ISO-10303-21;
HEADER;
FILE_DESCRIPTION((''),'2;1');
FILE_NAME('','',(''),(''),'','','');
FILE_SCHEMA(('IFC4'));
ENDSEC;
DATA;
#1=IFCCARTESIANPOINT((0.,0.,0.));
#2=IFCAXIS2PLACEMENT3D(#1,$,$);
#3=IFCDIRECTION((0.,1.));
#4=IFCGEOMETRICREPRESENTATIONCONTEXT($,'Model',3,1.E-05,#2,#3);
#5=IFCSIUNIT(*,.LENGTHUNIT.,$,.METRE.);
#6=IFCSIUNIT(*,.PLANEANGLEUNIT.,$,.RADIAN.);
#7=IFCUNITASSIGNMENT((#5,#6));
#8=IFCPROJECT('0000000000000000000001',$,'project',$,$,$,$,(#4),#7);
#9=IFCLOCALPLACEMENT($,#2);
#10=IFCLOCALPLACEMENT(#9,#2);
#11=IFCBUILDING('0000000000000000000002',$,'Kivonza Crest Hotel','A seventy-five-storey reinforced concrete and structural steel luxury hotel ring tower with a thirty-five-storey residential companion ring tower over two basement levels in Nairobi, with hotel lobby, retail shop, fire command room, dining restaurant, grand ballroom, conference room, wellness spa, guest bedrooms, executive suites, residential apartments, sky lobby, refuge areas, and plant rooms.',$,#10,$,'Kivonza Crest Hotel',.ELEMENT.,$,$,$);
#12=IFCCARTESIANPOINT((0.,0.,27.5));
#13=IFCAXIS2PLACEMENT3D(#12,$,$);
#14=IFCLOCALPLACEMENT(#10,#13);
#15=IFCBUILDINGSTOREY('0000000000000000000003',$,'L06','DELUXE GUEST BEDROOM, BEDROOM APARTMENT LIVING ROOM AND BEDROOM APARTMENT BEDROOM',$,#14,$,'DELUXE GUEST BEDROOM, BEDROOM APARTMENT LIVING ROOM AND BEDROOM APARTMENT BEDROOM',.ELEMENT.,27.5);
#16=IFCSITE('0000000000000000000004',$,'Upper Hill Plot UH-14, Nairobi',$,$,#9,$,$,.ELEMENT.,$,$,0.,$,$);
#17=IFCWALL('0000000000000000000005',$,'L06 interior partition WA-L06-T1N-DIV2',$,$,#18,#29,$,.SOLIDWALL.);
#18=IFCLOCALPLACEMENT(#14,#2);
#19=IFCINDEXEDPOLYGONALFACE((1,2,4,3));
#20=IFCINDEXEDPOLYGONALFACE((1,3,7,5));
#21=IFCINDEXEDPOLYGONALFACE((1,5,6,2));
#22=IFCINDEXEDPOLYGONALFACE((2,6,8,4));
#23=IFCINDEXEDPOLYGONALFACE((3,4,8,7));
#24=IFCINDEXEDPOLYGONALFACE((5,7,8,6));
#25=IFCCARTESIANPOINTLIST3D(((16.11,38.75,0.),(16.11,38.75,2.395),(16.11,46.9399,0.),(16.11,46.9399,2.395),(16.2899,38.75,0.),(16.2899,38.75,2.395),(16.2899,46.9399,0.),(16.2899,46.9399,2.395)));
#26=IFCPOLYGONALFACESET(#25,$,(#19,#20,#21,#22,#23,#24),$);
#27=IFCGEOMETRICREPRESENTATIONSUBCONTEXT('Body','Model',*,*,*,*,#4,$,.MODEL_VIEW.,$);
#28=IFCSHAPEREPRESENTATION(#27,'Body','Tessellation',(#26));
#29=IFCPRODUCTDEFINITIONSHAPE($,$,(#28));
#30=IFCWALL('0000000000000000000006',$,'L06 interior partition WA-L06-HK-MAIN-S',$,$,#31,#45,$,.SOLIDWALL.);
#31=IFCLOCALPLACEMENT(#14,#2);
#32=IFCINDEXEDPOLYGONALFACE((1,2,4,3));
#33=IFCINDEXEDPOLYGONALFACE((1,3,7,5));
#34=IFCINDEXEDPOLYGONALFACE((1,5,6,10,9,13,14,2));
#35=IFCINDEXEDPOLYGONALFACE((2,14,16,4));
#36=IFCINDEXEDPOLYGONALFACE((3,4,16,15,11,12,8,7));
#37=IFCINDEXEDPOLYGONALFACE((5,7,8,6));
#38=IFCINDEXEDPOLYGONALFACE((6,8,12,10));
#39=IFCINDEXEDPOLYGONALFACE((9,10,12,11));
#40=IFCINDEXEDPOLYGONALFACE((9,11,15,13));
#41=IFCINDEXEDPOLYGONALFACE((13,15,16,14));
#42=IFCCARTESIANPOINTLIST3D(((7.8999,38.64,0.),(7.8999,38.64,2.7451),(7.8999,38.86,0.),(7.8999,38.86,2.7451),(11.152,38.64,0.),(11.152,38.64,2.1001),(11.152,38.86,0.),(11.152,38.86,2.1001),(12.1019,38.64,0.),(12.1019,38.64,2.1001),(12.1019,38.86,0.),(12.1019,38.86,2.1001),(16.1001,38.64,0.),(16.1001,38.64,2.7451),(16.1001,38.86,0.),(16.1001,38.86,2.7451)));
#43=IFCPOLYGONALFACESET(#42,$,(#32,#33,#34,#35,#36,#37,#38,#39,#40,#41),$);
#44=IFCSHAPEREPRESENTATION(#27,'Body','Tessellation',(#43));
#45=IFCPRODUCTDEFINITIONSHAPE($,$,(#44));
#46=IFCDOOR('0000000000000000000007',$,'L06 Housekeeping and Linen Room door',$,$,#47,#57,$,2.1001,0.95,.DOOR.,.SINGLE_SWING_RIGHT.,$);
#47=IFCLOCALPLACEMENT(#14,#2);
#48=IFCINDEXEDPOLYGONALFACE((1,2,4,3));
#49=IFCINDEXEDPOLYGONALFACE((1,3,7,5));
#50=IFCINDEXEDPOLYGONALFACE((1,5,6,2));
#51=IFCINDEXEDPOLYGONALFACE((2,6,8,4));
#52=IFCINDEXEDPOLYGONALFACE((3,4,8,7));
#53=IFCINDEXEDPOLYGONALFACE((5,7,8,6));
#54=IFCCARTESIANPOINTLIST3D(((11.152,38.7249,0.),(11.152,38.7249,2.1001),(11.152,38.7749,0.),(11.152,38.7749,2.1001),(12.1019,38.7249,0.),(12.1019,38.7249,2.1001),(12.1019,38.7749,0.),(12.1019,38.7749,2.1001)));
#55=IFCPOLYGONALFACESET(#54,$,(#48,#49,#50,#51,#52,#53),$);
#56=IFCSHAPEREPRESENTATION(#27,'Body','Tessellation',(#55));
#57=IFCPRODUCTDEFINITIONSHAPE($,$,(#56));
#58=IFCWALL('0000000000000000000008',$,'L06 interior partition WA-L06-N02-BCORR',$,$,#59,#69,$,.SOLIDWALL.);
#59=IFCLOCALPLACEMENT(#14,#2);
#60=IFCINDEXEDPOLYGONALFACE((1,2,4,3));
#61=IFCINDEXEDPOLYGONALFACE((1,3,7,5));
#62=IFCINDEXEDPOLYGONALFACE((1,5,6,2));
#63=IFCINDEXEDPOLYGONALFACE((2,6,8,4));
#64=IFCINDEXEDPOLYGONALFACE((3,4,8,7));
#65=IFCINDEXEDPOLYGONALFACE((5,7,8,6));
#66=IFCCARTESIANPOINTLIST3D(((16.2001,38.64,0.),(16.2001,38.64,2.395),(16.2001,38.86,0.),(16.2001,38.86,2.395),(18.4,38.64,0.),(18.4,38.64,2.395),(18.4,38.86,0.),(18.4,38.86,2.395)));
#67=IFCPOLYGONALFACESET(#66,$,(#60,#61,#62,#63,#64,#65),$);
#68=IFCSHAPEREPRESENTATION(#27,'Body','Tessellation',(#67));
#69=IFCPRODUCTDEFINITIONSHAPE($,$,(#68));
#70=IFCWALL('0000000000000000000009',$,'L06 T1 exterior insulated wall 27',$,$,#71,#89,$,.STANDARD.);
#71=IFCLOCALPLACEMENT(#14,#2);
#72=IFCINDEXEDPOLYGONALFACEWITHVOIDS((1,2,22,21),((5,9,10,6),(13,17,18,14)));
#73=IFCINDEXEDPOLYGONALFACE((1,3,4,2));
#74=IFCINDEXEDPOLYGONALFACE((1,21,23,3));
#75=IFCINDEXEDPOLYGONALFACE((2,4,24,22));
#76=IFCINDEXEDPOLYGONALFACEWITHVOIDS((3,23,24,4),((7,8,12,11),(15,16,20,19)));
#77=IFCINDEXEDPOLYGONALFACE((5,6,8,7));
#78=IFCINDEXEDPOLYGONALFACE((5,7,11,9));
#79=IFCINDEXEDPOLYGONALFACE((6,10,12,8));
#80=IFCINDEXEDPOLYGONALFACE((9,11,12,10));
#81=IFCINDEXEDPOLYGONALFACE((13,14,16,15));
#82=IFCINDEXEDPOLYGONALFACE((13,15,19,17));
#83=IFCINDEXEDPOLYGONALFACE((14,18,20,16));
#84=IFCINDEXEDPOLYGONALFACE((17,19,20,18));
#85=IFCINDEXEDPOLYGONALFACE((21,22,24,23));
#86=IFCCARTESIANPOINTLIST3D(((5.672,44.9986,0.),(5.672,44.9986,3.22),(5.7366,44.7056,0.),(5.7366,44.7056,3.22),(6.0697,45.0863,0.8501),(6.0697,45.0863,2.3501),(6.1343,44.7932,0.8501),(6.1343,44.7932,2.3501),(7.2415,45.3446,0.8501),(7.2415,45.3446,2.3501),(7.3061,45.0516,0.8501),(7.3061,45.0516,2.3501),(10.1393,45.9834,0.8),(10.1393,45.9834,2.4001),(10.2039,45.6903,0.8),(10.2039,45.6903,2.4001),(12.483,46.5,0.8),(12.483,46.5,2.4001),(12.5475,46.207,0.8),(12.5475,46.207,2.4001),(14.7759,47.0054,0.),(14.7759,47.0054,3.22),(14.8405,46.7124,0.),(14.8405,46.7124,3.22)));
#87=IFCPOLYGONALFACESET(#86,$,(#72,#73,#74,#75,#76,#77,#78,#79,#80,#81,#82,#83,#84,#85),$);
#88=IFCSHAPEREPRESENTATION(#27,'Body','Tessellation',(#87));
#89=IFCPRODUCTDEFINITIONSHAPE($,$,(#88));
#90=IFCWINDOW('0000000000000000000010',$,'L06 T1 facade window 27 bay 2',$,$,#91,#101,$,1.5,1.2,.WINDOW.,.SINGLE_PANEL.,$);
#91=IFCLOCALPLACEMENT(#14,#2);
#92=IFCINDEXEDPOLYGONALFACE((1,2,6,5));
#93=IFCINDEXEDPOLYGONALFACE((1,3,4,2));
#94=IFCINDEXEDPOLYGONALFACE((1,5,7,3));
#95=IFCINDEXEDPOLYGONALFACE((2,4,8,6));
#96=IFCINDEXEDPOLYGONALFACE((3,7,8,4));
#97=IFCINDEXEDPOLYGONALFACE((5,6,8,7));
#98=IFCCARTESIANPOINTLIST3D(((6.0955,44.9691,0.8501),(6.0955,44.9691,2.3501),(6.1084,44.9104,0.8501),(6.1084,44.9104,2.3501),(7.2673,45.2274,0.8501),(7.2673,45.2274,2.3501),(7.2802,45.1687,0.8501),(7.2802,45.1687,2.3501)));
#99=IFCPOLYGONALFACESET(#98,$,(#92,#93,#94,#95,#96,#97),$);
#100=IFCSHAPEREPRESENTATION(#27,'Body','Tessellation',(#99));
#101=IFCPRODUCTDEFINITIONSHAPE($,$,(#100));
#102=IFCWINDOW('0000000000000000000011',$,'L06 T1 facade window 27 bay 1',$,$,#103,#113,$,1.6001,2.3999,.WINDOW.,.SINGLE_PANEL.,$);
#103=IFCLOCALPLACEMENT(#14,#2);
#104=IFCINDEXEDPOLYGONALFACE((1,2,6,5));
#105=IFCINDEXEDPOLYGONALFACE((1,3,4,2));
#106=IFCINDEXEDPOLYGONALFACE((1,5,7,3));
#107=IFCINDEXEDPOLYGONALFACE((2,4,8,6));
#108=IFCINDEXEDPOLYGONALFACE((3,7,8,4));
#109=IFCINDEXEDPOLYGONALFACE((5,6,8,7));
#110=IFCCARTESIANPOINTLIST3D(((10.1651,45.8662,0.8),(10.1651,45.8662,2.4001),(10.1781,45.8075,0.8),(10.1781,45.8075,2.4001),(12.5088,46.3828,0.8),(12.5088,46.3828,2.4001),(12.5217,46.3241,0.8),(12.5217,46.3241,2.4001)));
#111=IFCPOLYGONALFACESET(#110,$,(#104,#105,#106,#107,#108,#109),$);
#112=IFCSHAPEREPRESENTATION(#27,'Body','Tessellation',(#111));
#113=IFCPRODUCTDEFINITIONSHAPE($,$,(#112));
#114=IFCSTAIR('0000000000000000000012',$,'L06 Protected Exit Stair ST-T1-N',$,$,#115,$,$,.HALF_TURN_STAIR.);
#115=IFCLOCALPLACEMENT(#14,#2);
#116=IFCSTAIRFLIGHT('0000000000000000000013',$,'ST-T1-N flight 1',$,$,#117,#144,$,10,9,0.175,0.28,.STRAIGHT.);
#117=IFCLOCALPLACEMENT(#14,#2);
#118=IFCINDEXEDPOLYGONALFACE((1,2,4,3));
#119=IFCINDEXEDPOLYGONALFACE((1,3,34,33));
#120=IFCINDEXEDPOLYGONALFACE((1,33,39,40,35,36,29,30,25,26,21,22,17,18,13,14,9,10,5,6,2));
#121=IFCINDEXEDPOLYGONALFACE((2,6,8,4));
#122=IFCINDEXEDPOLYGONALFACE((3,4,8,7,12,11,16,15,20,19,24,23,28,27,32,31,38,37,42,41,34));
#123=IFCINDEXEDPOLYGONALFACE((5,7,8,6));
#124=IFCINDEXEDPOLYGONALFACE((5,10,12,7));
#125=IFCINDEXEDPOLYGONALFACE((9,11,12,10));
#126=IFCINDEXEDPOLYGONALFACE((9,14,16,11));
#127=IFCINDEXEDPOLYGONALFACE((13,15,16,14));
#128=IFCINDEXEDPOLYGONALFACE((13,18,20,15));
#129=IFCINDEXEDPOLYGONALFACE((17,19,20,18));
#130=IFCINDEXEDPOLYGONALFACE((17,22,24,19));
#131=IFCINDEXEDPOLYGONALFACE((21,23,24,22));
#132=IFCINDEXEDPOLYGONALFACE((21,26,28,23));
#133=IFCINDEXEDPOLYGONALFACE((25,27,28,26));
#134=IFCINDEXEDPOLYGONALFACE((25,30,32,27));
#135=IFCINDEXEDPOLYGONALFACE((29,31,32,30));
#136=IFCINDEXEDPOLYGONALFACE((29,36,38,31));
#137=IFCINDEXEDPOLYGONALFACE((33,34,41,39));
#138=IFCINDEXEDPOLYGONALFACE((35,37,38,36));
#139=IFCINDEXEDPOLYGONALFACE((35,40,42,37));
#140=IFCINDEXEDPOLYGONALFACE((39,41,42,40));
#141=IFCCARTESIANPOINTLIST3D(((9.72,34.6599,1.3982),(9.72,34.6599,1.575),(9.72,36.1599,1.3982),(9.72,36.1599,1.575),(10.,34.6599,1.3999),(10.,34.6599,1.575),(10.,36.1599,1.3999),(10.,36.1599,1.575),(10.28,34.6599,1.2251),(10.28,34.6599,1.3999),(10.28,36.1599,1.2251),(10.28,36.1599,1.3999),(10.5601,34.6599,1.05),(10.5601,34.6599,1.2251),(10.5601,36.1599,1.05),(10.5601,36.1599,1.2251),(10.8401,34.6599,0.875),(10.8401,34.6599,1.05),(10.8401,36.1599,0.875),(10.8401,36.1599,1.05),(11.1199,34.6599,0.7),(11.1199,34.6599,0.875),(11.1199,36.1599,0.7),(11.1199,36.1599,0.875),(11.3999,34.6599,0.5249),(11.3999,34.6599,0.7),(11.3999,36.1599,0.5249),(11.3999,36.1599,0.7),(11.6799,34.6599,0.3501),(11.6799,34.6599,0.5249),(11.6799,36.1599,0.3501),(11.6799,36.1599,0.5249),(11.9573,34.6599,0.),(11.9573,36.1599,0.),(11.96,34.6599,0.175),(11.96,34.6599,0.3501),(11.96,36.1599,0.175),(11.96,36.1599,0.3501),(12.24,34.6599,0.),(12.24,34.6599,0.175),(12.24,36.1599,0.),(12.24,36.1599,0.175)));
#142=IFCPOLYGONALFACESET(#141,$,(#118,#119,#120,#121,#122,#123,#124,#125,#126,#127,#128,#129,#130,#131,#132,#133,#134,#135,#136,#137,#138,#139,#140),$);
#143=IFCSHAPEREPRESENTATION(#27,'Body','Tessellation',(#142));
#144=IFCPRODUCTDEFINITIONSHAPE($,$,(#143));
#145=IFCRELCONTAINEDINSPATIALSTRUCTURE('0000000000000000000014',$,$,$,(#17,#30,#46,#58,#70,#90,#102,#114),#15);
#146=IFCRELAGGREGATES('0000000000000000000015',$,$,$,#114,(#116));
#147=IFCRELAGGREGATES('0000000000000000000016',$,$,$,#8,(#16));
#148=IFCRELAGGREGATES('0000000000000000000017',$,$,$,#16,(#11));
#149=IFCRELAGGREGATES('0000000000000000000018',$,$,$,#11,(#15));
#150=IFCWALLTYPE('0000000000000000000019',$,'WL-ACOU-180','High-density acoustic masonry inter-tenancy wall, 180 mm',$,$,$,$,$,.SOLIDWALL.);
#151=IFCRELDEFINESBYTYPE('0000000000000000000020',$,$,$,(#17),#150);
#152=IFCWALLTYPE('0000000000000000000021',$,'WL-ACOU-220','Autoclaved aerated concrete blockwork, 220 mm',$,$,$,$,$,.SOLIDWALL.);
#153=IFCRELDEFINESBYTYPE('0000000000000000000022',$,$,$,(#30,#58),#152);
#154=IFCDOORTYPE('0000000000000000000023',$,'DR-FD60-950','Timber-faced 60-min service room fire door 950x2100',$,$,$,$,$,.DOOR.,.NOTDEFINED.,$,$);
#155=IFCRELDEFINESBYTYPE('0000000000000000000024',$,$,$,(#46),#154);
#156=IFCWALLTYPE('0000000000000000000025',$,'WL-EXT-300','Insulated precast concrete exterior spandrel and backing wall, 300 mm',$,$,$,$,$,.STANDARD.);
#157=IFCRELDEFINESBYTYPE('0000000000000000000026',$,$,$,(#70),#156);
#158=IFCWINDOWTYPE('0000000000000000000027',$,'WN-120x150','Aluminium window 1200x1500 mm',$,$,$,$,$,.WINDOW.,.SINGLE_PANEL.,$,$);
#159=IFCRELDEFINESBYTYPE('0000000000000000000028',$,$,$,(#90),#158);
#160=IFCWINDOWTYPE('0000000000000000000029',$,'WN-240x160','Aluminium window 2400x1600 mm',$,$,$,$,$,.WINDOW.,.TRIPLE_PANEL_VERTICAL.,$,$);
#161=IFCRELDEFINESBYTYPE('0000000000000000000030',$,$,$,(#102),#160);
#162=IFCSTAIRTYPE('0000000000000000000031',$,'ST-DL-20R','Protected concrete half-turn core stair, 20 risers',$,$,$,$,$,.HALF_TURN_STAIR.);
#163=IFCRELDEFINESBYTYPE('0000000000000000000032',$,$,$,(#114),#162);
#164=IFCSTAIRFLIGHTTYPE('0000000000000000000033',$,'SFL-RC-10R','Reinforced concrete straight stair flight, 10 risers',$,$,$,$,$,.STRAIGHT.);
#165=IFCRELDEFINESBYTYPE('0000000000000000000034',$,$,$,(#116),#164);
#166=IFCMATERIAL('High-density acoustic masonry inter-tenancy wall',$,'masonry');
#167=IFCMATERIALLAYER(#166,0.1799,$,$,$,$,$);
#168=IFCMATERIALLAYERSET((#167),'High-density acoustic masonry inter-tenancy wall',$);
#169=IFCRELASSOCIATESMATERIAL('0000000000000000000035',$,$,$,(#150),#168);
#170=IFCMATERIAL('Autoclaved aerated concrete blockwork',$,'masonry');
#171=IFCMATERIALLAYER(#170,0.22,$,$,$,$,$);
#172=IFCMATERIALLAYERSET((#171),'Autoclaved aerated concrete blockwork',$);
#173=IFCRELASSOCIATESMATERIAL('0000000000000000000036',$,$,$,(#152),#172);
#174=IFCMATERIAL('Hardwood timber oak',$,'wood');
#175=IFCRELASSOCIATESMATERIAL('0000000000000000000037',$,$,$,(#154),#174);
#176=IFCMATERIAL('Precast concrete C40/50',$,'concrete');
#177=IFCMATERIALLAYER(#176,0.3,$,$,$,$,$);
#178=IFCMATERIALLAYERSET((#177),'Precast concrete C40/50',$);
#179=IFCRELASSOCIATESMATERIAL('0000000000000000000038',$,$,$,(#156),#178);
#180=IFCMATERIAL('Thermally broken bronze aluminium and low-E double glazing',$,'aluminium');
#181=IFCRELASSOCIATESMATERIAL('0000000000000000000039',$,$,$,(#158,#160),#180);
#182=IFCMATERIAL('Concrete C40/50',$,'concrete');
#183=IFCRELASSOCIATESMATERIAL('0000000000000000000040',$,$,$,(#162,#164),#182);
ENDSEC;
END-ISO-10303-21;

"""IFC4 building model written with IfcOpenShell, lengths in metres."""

from ifc_helpers import new_model, si_unit, direction, frame, frame_2d, origin, place, context, subcontext, project, spatial, polyline, rectangle, outline, extrude, material, layer, layer_set, type_object, element, fill, aggregate, save


model = new_model("IFC4")

# Units and contexts
model_context = context("Model", 3, precision=1e-05, world=origin(), true_north=direction((0.0, 1.0)))
body_context = subcontext(model_context, "Body", "Model", "MODEL_VIEW")
ifc_project = project(units=[si_unit("LENGTHUNIT", "METRE"), si_unit("PLANEANGLEUNIT", "RADIAN")], contexts=[model_context])

# Site, building, storey
site_placement = place(None, origin())
site = spatial("IfcSite", under=ifc_project, at=site_placement, Name="Upper Hill Plot UH-14, Nairobi", CompositionType="ELEMENT", RefElevation=0.0)
building_placement = place(site_placement, origin())
building = spatial("IfcBuilding", under=site, at=building_placement, Name="Kivonza Crest Hotel", Description="A seventy-five-storey reinforced concrete and structural steel luxury hotel ring tower with a thirty-five-storey residential companion ring tower over two basement levels in Nairobi, with hotel lobby, retail shop, fire command room, dining restaurant, grand ballroom, conference room, wellness spa, guest bedrooms, executive suites, residential apartments, sky lobby, refuge areas, and plant rooms.", LongName="Kivonza Crest Hotel", CompositionType="ELEMENT")
storey_placement = place(building_placement, frame((0.0, 0.0, 27.5)))
storey = spatial("IfcBuildingStorey", under=building, at=storey_placement, Name="L06", Description="DELUXE GUEST BEDROOM, BEDROOM APARTMENT LIVING ROOM AND BEDROOM APARTMENT BEDROOM", LongName="DELUXE GUEST BEDROOM, BEDROOM APARTMENT LIVING ROOM AND BEDROOM APARTMENT BEDROOM", CompositionType="ELEMENT", Elevation=27.5)

# Wall
ifc_material_1 = material(Name="High-density acoustic masonry inter-tenancy wall", Category="masonry")
ifc_layer_1 = layer(ifc_material_1, 0.1799)
ifc_layer_set_1 = layer_set([ifc_layer_1], Name="High-density acoustic masonry inter-tenancy wall")
wall_type_1 = type_object("IfcWallType", Name="WL-ACOU-180", Description="High-density acoustic masonry inter-tenancy wall, 180 mm", PredefinedType="SOLIDWALL", material=ifc_layer_set_1)
wall_1_placement = place(storey_placement, frame((16.2, 38.75, 0.0), z_axis=(0.0, 0.0, 1.0), x_axis=(0.0, 1.0, 0.0)))
element("IfcWall", 1, at=wall_1_placement, inside=storey, type_object=wall_type_1, Name="L06 interior partition WA-L06-T1N-DIV2", PredefinedType="SOLIDWALL", context=body_context, shape_type="SweptSolid", body=[
    extrude(rectangle(XDim=8.1899, YDim=0.1799, at=frame_2d((4.095, 0.0))), origin(), (0.0, 0.0, 1.0), 2.395),
])

# Wall, opening, door
ifc_material_2 = material(Name="Autoclaved aerated concrete blockwork", Category="masonry")
ifc_layer_2 = layer(ifc_material_2, 0.22)
ifc_layer_set_2 = layer_set([ifc_layer_2], Name="Autoclaved aerated concrete blockwork")
wall_type_2 = type_object("IfcWallType", Name="WL-ACOU-220", Description="Autoclaved aerated concrete blockwork, 220 mm", PredefinedType="SOLIDWALL", material=ifc_layer_set_2)
wall_2_placement = place(storey_placement, frame((7.8999, 38.75, 0.0), z_axis=(0.0, 0.0, 1.0), x_axis=(1.0, 0.0, 0.0)))
wall_2 = element("IfcWall", 2, at=wall_2_placement, inside=storey, type_object=wall_type_2, Name="L06 interior partition WA-L06-HK-MAIN-S", PredefinedType="SOLIDWALL", context=body_context, shape_type="SweptSolid", body=[
    extrude(rectangle(XDim=8.2002, YDim=0.22, at=frame_2d((4.1001, 0.0))), origin(), (0.0, 0.0, 1.0), 2.7451),
])
opening_1_placement = place(wall_2_placement, frame((3.252, 0.0, 0.0)))
opening_1 = element("IfcOpeningElement", 3, at=opening_1_placement, cuts=wall_2, PredefinedType="OPENING", context=body_context, shape_type="SweptSolid", body=[
    extrude(rectangle(XDim=0.95, YDim=2.1001, at=frame_2d((0.4751, 1.05))), frame((0.0, 0.1201, 0.0), z_axis=(0.0, -1.0, 0.0), x_axis=(1.0, 0.0, 0.0)), (0.0, 0.0, 1.0), 0.24),
])
ifc_material_3 = material(Name="Hardwood timber oak", Category="wood")
door_type = type_object("IfcDoorType", Name="DR-FD60-950", Description="Timber-faced 60-min service room fire door 950x2100", OperationType="NOTDEFINED", PredefinedType="DOOR", material=ifc_material_3)
door_placement = place(opening_1_placement, origin())
door = element("IfcDoor", 4, at=door_placement, inside=storey, type_object=door_type, Name="L06 Housekeeping and Linen Room door", OperationType="SINGLE_SWING_RIGHT", OverallHeight=2.1001, OverallWidth=0.95, PredefinedType="DOOR", context=body_context, shape_type="SweptSolid", body=[
    extrude(rectangle(XDim=0.95, YDim=2.1001, at=frame_2d((0.4751, 1.05))), frame((0.0, 0.0249, 0.0), z_axis=(0.0, -1.0, 0.0), x_axis=(1.0, 0.0, 0.0)), (0.0, 0.0, 1.0), 0.05),
])
fill(opening_1, door)

# Wall
wall_3_placement = place(storey_placement, frame((16.2, 38.75, 0.0), z_axis=(0.0, 0.0, 1.0), x_axis=(1.0, 0.0, 0.0)))
element("IfcWall", 5, at=wall_3_placement, inside=storey, type_object=wall_type_2, Name="L06 interior partition WA-L06-N02-BCORR", PredefinedType="SOLIDWALL", context=body_context, shape_type="SweptSolid", body=[
    extrude(rectangle(XDim=2.2, YDim=0.22, at=frame_2d((1.1001, 0.0))), origin(), (0.0, 0.0, 1.0), 2.395),
])

# Wall, openings, windows
ifc_material_4 = material(Name="Precast concrete C40/50", Category="concrete")
ifc_layer_3 = layer(ifc_material_4, 0.3)
ifc_layer_set_3 = layer_set([ifc_layer_3], Name="Precast concrete C40/50")
wall_type_3 = type_object("IfcWallType", Name="WL-EXT-300", Description="Insulated precast concrete exterior spandrel and backing wall, 300 mm", PredefinedType="STANDARD", material=ifc_layer_set_3)
wall_4_placement = place(storey_placement, frame((14.8081, 46.8589, 0.0), z_axis=(0.0, 0.0, 1.0), x_axis=(-0.976555, -0.215266, 0.0)))
wall_4 = element("IfcWall", 6, at=wall_4_placement, inside=storey, type_object=wall_type_3, Name="L06 T1 exterior insulated wall 27", PredefinedType="STANDARD", context=body_context, shape_type="SweptSolid", body=[
    extrude(rectangle(XDim=9.3225, YDim=0.3, at=frame_2d((4.6611, 0.0))), origin(), (0.0, 0.0, 1.0), 3.22),
])
opening_2_placement = place(wall_4_placement, frame((2.3479, 0.0, 0.8)))
opening_2 = element("IfcOpeningElement", 7, at=opening_2_placement, cuts=wall_4, PredefinedType="OPENING", context=body_context, shape_type="SweptSolid", body=[
    extrude(rectangle(XDim=2.3999, YDim=1.6001, at=frame_2d((1.2, 0.8))), frame((0.0, 0.1602, 0.0), z_axis=(0.0, -1.0, 0.0), x_axis=(1.0, 0.0, 0.0)), (0.0, 0.0, 1.0), 0.3201),
])
opening_3_placement = place(wall_4_placement, frame((7.7151, 0.0, 0.8501)))
opening_3 = element("IfcOpeningElement", 8, at=opening_3_placement, cuts=wall_4, PredefinedType="OPENING", context=body_context, shape_type="SweptSolid", body=[
    extrude(rectangle(XDim=1.2, YDim=1.5, at=frame_2d((0.6001, 0.75))), frame((0.0, 0.1602, 0.0), z_axis=(0.0, -1.0, 0.0), x_axis=(1.0, 0.0, 0.0)), (0.0, 0.0, 1.0), 0.3201),
])
ifc_material_5 = material(Name="Thermally broken bronze aluminium and low-E double glazing", Category="aluminium")
window_type_1 = type_object("IfcWindowType", Name="WN-120x150", Description="Aluminium window 1200x1500 mm", PartitioningType="SINGLE_PANEL", PredefinedType="WINDOW", material=ifc_material_5)
window_1_placement = place(opening_3_placement, origin())
window_1 = element("IfcWindow", 9, at=window_1_placement, inside=storey, type_object=window_type_1, Name="L06 T1 facade window 27 bay 2", OverallHeight=1.5, OverallWidth=1.2, PartitioningType="SINGLE_PANEL", PredefinedType="WINDOW", context=body_context, shape_type="SweptSolid", body=[
    extrude(rectangle(XDim=1.2, YDim=1.5, at=frame_2d((0.6001, 0.75))), frame((0.0, 0.03, 0.0), z_axis=(0.0, -1.0, 0.0), x_axis=(1.0, 0.0, 0.0)), (0.0, 0.0, 1.0), 0.0601),
])
fill(opening_3, window_1)
window_type_2 = type_object("IfcWindowType", Name="WN-240x160", Description="Aluminium window 2400x1600 mm", PartitioningType="TRIPLE_PANEL_VERTICAL", PredefinedType="WINDOW", material=ifc_material_5)
window_2_placement = place(opening_2_placement, origin())
window_2 = element("IfcWindow", 10, at=window_2_placement, inside=storey, type_object=window_type_2, Name="L06 T1 facade window 27 bay 1", OverallHeight=1.6001, OverallWidth=2.3999, PartitioningType="SINGLE_PANEL", PredefinedType="WINDOW", context=body_context, shape_type="SweptSolid", body=[
    extrude(rectangle(XDim=2.3999, YDim=1.6001, at=frame_2d((1.2, 0.8))), frame((0.0, 0.03, 0.0), z_axis=(0.0, -1.0, 0.0), x_axis=(1.0, 0.0, 0.0)), (0.0, 0.0, 1.0), 0.0601),
])
fill(opening_2, window_2)

# Stair, stair flight
ifc_material_6 = material(Name="Concrete C40/50", Category="concrete")
stair_type = type_object("IfcStairType", Name="ST-DL-20R", Description="Protected concrete half-turn core stair, 20 risers", PredefinedType="HALF_TURN_STAIR", material=ifc_material_6)
stair_placement = place(storey_placement, origin())
stair = element("IfcStair", 11, at=stair_placement, inside=storey, type_object=stair_type, Name="L06 Protected Exit Stair ST-T1-N", PredefinedType="HALF_TURN_STAIR")
stair_flight_type = type_object("IfcStairFlightType", Name="SFL-RC-10R", Description="Reinforced concrete straight stair flight, 10 risers", PredefinedType="STRAIGHT", material=ifc_material_6)
stair_flight_placement = place(storey_placement, frame((12.24, 35.4099, 0.0), z_axis=(0.0, 0.0, 1.0), x_axis=(-1.0, 0.0, 0.0)))
stair_flight = element("IfcStairFlight", 12, at=stair_flight_placement, type_object=stair_flight_type, Name="ST-T1-N flight 1", NumberOfRisers=10, NumberOfTreads=9, PredefinedType="STRAIGHT", RiserHeight=0.175, TreadLength=0.28, context=body_context, shape_type="SweptSolid", body=[
    extrude(outline(polyline([(0.0, 0.0), (0.0, 0.175), (0.28, 0.175), (0.28, 0.3501), (0.5601, 0.3501), (0.5601, 0.5249), (0.8401, 0.5249), (0.8401, 0.7), (1.1201, 0.7), (1.1201, 0.875), (1.3999, 0.875), (1.3999, 1.05), (1.6799, 1.05), (1.6799, 1.2251), (1.96, 1.2251), (1.96, 1.3999), (2.24, 1.3999), (2.24, 1.575), (2.52, 1.575), (2.52, 1.75), (2.52, 1.3982), (0.2827, 0.0), (0.0, 0.0)])), frame((0.0, 0.75, 0.0), z_axis=(0.0, -1.0, 0.0), x_axis=(1.0, 0.0, 0.0)), (0.0, 0.0, 1.0), 1.5),
])
aggregate(stair, [stair_flight])

save(model, "model.ifc")
